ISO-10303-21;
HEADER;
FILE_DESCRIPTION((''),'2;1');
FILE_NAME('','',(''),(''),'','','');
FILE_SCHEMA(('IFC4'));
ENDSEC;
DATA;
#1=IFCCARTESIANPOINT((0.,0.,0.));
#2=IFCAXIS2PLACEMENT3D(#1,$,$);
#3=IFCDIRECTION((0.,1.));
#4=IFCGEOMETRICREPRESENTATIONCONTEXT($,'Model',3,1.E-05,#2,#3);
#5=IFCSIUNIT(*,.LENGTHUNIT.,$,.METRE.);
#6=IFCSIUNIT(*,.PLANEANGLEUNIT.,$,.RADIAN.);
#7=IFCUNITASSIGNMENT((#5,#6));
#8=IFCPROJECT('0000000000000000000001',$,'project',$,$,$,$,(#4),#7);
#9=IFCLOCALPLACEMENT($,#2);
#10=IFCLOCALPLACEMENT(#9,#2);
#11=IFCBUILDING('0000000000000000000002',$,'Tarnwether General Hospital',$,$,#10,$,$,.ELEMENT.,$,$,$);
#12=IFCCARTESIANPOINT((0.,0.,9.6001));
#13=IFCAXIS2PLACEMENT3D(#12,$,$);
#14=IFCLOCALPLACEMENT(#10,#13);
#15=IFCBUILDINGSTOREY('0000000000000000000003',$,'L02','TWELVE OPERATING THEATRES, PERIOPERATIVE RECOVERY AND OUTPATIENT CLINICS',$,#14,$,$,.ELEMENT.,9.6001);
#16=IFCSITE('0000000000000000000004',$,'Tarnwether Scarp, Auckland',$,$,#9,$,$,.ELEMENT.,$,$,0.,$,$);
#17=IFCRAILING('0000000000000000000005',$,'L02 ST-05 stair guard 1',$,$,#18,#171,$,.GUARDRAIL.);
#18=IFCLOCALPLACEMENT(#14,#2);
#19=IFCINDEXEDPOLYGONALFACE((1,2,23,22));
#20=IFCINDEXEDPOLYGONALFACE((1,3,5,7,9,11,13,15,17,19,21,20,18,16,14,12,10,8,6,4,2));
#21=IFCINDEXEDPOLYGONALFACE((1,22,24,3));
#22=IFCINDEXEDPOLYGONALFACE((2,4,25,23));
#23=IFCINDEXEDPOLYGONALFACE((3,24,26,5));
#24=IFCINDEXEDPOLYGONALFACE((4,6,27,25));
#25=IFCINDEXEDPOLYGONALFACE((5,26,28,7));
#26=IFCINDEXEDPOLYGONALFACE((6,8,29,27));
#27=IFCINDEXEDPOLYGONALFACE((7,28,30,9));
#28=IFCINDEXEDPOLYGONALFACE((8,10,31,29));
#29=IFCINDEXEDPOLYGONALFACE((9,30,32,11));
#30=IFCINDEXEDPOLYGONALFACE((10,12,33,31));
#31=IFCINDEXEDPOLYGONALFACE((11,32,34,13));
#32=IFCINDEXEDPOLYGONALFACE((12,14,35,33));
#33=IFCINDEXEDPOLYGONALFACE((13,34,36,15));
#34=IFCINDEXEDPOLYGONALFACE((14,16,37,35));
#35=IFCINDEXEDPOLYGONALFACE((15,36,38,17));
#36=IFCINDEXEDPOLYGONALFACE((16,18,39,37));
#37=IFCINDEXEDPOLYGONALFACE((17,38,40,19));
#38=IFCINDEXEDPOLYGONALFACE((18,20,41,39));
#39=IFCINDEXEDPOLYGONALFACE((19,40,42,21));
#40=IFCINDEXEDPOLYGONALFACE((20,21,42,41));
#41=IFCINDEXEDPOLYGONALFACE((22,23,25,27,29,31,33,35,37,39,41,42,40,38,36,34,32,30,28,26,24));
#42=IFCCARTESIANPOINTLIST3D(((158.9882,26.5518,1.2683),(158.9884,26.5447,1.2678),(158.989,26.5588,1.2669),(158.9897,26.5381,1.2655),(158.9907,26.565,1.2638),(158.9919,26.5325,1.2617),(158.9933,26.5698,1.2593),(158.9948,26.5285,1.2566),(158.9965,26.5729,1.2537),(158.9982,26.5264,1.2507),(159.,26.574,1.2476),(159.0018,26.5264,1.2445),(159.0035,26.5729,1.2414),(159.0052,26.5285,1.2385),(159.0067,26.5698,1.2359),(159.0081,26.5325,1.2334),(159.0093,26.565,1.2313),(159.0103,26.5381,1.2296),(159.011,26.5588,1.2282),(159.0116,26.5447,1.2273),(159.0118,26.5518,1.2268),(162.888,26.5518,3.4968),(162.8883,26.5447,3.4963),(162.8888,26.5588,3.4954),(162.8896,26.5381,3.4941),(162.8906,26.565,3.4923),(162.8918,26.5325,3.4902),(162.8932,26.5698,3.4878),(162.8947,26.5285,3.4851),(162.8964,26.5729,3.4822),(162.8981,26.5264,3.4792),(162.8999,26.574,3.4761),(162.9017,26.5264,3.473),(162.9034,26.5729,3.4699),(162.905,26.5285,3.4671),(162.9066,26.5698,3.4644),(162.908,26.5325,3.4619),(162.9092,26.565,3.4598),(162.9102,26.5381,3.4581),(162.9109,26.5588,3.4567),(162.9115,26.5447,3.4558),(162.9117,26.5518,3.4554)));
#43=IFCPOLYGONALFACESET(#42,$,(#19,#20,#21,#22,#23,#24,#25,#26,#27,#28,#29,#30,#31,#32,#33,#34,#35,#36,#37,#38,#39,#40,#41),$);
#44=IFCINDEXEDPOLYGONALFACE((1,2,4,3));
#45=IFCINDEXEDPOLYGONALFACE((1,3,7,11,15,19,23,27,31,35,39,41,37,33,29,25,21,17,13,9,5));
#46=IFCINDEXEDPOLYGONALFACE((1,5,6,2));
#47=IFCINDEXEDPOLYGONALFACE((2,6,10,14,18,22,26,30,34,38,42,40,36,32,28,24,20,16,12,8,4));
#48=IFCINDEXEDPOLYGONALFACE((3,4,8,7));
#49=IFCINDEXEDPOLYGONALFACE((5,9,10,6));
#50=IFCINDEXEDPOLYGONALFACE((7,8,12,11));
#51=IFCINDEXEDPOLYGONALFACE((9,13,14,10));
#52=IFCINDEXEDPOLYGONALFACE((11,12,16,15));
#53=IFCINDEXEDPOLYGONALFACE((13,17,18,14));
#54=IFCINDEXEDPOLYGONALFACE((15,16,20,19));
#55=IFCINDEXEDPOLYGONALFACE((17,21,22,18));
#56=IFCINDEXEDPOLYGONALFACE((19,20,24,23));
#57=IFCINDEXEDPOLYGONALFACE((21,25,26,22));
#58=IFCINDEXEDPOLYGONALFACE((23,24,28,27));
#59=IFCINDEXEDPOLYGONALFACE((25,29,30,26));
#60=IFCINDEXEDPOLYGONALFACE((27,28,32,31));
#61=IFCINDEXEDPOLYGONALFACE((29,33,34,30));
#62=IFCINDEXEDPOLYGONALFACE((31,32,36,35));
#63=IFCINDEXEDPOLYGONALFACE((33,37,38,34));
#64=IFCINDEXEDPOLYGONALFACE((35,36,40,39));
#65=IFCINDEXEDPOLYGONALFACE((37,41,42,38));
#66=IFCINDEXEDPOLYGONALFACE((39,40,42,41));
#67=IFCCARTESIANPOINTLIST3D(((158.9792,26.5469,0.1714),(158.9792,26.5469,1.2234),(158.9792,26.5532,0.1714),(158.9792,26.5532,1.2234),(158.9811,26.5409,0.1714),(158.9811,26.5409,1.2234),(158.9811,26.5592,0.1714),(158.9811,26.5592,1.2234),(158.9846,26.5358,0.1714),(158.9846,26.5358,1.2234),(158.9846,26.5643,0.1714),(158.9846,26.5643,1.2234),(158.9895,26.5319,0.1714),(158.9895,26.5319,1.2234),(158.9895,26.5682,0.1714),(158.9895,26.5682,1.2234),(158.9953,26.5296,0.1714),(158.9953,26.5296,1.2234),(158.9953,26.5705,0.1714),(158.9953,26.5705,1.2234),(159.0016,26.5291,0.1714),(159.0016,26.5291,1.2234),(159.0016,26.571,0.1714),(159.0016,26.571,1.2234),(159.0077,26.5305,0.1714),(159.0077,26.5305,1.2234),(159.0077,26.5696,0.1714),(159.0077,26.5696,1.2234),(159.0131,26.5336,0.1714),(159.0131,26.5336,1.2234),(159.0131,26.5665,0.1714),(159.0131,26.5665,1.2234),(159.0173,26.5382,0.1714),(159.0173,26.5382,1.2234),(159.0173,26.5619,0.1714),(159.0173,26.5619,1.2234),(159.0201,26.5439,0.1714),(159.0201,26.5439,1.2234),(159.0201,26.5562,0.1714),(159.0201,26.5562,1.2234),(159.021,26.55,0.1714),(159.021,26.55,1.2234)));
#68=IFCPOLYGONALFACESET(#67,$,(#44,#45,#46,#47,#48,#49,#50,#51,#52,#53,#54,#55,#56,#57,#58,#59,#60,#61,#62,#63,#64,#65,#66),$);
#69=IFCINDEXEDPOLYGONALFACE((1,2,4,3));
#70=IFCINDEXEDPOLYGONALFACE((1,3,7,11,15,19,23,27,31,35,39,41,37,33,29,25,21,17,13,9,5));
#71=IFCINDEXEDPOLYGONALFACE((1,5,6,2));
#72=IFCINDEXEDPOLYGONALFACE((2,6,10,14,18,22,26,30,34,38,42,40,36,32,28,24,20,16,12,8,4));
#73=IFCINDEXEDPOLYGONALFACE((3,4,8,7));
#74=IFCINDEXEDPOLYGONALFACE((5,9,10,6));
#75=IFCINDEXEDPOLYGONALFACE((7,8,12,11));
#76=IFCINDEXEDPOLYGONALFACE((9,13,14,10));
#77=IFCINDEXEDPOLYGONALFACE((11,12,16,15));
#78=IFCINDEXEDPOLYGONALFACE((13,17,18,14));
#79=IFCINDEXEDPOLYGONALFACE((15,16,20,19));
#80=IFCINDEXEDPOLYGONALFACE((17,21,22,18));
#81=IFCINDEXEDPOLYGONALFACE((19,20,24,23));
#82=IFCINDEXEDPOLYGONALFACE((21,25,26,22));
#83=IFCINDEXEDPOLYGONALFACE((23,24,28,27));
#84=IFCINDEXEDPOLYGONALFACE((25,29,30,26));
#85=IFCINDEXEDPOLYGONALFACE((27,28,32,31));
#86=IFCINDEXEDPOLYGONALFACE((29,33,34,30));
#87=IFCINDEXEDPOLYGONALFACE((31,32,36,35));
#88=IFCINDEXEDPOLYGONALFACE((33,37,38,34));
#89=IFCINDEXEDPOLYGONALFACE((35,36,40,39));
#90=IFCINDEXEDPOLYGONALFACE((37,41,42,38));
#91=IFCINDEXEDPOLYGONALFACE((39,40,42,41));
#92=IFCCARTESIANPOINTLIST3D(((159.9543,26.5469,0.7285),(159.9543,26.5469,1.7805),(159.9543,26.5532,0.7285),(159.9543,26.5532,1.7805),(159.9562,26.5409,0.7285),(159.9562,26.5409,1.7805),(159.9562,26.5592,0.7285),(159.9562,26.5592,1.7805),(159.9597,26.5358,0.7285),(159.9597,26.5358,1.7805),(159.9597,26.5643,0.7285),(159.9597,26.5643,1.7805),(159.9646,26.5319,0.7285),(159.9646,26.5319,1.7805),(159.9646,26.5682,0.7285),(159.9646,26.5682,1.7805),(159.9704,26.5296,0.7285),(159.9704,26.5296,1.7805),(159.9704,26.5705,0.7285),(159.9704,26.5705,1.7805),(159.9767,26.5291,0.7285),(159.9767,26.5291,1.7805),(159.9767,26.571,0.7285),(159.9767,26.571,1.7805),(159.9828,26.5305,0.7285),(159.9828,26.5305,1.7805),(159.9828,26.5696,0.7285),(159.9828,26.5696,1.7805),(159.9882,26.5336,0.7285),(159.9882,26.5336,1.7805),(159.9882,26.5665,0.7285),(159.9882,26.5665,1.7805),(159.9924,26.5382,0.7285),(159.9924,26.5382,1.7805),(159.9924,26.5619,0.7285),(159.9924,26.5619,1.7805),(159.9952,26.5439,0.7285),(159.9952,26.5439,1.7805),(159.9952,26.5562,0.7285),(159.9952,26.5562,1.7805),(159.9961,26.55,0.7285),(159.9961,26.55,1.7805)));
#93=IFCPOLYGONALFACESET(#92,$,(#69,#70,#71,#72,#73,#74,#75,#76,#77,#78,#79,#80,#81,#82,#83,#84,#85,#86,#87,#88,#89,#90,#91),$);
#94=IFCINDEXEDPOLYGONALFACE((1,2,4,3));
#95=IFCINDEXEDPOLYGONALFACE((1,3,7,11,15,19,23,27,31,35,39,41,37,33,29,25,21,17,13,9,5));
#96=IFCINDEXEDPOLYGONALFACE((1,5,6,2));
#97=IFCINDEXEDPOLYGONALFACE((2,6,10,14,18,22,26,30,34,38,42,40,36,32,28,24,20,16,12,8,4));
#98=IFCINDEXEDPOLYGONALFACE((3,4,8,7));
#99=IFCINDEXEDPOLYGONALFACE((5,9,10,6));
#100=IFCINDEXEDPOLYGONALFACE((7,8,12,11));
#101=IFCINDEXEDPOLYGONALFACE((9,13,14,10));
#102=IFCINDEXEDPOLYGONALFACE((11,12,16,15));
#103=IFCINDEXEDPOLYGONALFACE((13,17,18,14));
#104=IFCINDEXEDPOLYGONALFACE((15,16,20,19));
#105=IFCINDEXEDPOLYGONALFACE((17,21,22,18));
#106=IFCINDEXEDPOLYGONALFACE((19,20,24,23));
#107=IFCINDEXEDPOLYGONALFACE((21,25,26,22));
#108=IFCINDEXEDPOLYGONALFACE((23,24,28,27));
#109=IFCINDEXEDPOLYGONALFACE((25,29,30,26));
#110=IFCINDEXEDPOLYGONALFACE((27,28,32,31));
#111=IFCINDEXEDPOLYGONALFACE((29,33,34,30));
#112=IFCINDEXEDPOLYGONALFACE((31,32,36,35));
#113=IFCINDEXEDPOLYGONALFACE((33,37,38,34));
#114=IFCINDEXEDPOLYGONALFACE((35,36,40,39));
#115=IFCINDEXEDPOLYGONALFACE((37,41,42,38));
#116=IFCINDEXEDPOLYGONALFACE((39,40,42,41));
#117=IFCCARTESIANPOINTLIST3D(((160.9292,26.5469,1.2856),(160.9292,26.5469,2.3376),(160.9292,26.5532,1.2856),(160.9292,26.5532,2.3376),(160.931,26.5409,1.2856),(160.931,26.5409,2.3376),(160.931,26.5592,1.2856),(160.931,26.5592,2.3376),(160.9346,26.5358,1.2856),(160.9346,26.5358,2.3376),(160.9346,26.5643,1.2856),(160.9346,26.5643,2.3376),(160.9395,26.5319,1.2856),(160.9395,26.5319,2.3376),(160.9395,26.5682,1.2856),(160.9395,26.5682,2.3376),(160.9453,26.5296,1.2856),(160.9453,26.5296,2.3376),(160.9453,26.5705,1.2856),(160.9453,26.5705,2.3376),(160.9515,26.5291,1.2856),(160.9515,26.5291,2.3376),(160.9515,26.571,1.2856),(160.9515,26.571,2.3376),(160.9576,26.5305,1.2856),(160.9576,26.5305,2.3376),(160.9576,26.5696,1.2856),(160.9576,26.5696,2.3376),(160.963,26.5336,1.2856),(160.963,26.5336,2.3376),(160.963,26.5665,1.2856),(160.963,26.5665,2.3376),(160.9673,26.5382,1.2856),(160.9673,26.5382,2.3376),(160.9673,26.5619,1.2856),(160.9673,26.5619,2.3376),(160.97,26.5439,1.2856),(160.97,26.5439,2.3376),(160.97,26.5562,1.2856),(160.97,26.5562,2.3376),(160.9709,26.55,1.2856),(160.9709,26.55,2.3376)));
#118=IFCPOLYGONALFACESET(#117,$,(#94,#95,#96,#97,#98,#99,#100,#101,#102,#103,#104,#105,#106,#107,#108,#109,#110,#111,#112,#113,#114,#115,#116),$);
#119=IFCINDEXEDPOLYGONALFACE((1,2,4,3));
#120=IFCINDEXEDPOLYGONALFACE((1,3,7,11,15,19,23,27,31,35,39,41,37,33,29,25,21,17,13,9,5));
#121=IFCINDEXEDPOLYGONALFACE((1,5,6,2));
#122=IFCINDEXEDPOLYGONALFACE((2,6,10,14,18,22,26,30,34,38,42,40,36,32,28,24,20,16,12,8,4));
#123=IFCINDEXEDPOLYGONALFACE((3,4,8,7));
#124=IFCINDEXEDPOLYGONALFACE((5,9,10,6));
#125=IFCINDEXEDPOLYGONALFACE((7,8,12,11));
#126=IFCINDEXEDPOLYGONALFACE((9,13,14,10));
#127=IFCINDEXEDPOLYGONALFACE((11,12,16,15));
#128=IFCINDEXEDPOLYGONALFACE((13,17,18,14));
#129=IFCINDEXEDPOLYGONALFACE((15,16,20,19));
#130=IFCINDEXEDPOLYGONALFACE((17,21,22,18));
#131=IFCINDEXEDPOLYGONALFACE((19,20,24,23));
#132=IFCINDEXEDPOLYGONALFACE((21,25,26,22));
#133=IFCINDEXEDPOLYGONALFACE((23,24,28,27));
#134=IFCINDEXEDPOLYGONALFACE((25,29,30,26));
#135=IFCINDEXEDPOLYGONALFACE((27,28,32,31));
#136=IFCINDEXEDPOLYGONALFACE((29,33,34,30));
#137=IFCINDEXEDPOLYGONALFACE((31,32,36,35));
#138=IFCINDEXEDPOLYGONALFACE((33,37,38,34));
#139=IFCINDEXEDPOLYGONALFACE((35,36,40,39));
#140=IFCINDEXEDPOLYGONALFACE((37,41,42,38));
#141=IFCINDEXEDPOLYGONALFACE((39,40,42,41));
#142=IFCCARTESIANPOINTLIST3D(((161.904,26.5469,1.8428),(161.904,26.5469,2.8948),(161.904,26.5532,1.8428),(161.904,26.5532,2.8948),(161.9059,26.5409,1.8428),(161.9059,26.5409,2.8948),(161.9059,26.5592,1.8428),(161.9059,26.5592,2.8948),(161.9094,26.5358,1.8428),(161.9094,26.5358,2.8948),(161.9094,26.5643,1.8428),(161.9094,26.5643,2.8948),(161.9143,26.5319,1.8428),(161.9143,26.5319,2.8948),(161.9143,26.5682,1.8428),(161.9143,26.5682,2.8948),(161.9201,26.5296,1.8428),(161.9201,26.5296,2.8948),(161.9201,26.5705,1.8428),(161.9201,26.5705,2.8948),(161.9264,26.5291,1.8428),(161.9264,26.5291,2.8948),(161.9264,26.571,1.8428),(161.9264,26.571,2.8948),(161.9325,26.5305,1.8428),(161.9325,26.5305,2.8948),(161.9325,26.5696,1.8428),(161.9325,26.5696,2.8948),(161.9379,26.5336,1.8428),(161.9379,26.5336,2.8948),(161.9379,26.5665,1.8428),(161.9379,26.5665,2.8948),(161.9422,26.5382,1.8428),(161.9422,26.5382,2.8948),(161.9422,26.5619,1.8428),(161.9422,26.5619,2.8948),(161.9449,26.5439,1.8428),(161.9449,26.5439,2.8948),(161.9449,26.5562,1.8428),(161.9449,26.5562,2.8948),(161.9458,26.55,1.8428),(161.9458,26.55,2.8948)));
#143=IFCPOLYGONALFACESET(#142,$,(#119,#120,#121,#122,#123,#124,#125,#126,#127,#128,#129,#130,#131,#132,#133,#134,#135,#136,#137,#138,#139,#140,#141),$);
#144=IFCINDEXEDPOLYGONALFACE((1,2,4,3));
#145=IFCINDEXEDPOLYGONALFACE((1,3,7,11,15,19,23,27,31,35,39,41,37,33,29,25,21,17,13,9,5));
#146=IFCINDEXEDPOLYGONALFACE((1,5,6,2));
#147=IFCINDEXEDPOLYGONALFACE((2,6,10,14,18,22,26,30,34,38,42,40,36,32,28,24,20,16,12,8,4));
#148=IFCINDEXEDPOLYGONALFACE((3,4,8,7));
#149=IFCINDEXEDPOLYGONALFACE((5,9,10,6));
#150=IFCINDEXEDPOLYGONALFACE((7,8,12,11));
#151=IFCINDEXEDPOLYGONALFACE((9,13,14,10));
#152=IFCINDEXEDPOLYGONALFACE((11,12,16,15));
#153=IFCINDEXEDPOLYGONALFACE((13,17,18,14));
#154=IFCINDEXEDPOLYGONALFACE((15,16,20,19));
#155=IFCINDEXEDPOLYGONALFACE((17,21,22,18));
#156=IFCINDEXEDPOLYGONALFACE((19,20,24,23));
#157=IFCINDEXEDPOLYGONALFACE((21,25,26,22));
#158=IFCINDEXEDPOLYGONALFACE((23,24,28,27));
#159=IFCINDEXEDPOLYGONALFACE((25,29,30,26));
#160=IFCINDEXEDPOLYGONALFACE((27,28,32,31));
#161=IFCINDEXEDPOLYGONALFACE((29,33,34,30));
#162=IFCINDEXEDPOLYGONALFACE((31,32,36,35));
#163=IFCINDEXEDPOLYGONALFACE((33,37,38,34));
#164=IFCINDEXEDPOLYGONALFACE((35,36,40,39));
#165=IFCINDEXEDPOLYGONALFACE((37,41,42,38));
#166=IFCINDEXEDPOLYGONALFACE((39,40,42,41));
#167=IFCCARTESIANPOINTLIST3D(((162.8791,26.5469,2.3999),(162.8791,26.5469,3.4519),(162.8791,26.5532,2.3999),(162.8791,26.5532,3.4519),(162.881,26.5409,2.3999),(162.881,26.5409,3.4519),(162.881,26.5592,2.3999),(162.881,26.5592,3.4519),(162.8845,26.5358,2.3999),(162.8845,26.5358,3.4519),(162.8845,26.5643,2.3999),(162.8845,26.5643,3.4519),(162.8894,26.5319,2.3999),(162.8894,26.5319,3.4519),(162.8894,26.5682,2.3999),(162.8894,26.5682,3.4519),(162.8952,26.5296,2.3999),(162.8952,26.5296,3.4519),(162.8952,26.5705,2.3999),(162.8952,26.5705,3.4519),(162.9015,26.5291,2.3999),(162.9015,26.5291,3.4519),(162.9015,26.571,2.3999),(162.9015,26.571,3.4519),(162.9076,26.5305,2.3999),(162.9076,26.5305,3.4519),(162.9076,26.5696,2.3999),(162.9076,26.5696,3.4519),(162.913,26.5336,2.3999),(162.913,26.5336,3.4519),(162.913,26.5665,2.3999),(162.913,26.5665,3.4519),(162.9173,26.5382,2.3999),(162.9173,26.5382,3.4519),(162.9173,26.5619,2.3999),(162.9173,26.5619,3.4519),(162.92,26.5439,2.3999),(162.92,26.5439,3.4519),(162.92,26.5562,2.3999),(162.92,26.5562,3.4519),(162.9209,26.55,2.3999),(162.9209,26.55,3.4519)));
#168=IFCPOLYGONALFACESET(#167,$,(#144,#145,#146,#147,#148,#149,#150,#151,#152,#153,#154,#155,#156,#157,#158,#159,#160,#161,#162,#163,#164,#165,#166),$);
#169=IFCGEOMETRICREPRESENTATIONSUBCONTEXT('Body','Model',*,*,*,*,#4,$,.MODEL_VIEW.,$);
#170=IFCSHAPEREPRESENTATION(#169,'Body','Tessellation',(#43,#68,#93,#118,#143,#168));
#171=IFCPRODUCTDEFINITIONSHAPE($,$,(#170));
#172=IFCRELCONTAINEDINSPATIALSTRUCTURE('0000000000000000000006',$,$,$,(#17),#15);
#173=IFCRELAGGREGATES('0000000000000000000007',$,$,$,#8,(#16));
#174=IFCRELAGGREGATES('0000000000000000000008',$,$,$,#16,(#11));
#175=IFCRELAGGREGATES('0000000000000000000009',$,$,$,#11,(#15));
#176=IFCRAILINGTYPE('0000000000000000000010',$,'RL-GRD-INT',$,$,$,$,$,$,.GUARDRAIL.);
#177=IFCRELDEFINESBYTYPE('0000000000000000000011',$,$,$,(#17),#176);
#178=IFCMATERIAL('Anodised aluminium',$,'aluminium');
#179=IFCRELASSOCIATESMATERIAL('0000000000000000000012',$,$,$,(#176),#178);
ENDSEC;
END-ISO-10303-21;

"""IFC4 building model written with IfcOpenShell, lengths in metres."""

from ifc_helpers import new_model, si_unit, direction, frame, origin, origin_2d, place, context, subcontext, project, spatial, circle, extrude, material, type_object, element, save


model = new_model("IFC4")

# Units and contexts
model_context = context("Model", 3, precision=1e-05, world=origin(), true_north=direction((0.0, 1.0)))
body_context = subcontext(model_context, "Body", "Model", "MODEL_VIEW")
ifc_project = project(units=[si_unit("LENGTHUNIT", "METRE"), si_unit("PLANEANGLEUNIT", "RADIAN")], contexts=[model_context])

# Site, building, storey
site_placement = place(None, origin())
site = spatial("IfcSite", under=ifc_project, at=site_placement, Name="Tarnwether Scarp, Auckland", CompositionType="ELEMENT", RefElevation=0.0)
building_placement = place(site_placement, origin())
building = spatial("IfcBuilding", under=site, at=building_placement, Name="Tarnwether General Hospital", CompositionType="ELEMENT")
storey_placement = place(building_placement, frame((0.0, 0.0, 9.6001)))
storey = spatial("IfcBuildingStorey", under=building, at=storey_placement, Name="L02", Description="TWELVE OPERATING THEATRES, PERIOPERATIVE RECOVERY AND OUTPATIENT CLINICS", CompositionType="ELEMENT", Elevation=9.6001)

# Railing
ifc_material_1 = material(Name="Anodised aluminium", Category="aluminium")
railing_type_1 = type_object("IfcRailingType", Name="RL-GRD-INT", PredefinedType="GUARDRAIL", material=ifc_material_1)
railing_1_placement = place(storey_placement, frame((159.0, 26.55, 0.1714)))
element("IfcRailing", 1, at=railing_1_placement, inside=storey, type_object=railing_type_1, Name="L02 ST-05 stair guard 1", PredefinedType="GUARDRAIL", context=body_context, shape_type="SweptSolid", body=[
    extrude(circle(Radius=0.0239, at=origin_2d()), frame((0.0, 0.0, 1.0762), z_axis=(0.868243, 0.0, 0.496139), x_axis=(0.0, 1.0, 0.0)), (0.0, 0.0, 1.0), 4.4917),
    extrude(circle(Radius=0.021, at=origin_2d()), origin(), (0.0, 0.0, 1.0), 1.052),
    extrude(circle(Radius=0.021, at=origin_2d()), frame((0.9751, 0.0, 0.5571)), (0.0, 0.0, 1.0), 1.052),
    extrude(circle(Radius=0.021, at=origin_2d()), frame((1.95, 0.0, 1.1143)), (0.0, 0.0, 1.0), 1.052),
    extrude(circle(Radius=0.021, at=origin_2d()), frame((2.9248, 0.0, 1.6714)), (0.0, 0.0, 1.0), 1.052),
    extrude(circle(Radius=0.021, at=origin_2d()), frame((3.8999, 0.0, 2.2285)), (0.0, 0.0, 1.0), 1.052),
])

save(model, "model.ifc")
